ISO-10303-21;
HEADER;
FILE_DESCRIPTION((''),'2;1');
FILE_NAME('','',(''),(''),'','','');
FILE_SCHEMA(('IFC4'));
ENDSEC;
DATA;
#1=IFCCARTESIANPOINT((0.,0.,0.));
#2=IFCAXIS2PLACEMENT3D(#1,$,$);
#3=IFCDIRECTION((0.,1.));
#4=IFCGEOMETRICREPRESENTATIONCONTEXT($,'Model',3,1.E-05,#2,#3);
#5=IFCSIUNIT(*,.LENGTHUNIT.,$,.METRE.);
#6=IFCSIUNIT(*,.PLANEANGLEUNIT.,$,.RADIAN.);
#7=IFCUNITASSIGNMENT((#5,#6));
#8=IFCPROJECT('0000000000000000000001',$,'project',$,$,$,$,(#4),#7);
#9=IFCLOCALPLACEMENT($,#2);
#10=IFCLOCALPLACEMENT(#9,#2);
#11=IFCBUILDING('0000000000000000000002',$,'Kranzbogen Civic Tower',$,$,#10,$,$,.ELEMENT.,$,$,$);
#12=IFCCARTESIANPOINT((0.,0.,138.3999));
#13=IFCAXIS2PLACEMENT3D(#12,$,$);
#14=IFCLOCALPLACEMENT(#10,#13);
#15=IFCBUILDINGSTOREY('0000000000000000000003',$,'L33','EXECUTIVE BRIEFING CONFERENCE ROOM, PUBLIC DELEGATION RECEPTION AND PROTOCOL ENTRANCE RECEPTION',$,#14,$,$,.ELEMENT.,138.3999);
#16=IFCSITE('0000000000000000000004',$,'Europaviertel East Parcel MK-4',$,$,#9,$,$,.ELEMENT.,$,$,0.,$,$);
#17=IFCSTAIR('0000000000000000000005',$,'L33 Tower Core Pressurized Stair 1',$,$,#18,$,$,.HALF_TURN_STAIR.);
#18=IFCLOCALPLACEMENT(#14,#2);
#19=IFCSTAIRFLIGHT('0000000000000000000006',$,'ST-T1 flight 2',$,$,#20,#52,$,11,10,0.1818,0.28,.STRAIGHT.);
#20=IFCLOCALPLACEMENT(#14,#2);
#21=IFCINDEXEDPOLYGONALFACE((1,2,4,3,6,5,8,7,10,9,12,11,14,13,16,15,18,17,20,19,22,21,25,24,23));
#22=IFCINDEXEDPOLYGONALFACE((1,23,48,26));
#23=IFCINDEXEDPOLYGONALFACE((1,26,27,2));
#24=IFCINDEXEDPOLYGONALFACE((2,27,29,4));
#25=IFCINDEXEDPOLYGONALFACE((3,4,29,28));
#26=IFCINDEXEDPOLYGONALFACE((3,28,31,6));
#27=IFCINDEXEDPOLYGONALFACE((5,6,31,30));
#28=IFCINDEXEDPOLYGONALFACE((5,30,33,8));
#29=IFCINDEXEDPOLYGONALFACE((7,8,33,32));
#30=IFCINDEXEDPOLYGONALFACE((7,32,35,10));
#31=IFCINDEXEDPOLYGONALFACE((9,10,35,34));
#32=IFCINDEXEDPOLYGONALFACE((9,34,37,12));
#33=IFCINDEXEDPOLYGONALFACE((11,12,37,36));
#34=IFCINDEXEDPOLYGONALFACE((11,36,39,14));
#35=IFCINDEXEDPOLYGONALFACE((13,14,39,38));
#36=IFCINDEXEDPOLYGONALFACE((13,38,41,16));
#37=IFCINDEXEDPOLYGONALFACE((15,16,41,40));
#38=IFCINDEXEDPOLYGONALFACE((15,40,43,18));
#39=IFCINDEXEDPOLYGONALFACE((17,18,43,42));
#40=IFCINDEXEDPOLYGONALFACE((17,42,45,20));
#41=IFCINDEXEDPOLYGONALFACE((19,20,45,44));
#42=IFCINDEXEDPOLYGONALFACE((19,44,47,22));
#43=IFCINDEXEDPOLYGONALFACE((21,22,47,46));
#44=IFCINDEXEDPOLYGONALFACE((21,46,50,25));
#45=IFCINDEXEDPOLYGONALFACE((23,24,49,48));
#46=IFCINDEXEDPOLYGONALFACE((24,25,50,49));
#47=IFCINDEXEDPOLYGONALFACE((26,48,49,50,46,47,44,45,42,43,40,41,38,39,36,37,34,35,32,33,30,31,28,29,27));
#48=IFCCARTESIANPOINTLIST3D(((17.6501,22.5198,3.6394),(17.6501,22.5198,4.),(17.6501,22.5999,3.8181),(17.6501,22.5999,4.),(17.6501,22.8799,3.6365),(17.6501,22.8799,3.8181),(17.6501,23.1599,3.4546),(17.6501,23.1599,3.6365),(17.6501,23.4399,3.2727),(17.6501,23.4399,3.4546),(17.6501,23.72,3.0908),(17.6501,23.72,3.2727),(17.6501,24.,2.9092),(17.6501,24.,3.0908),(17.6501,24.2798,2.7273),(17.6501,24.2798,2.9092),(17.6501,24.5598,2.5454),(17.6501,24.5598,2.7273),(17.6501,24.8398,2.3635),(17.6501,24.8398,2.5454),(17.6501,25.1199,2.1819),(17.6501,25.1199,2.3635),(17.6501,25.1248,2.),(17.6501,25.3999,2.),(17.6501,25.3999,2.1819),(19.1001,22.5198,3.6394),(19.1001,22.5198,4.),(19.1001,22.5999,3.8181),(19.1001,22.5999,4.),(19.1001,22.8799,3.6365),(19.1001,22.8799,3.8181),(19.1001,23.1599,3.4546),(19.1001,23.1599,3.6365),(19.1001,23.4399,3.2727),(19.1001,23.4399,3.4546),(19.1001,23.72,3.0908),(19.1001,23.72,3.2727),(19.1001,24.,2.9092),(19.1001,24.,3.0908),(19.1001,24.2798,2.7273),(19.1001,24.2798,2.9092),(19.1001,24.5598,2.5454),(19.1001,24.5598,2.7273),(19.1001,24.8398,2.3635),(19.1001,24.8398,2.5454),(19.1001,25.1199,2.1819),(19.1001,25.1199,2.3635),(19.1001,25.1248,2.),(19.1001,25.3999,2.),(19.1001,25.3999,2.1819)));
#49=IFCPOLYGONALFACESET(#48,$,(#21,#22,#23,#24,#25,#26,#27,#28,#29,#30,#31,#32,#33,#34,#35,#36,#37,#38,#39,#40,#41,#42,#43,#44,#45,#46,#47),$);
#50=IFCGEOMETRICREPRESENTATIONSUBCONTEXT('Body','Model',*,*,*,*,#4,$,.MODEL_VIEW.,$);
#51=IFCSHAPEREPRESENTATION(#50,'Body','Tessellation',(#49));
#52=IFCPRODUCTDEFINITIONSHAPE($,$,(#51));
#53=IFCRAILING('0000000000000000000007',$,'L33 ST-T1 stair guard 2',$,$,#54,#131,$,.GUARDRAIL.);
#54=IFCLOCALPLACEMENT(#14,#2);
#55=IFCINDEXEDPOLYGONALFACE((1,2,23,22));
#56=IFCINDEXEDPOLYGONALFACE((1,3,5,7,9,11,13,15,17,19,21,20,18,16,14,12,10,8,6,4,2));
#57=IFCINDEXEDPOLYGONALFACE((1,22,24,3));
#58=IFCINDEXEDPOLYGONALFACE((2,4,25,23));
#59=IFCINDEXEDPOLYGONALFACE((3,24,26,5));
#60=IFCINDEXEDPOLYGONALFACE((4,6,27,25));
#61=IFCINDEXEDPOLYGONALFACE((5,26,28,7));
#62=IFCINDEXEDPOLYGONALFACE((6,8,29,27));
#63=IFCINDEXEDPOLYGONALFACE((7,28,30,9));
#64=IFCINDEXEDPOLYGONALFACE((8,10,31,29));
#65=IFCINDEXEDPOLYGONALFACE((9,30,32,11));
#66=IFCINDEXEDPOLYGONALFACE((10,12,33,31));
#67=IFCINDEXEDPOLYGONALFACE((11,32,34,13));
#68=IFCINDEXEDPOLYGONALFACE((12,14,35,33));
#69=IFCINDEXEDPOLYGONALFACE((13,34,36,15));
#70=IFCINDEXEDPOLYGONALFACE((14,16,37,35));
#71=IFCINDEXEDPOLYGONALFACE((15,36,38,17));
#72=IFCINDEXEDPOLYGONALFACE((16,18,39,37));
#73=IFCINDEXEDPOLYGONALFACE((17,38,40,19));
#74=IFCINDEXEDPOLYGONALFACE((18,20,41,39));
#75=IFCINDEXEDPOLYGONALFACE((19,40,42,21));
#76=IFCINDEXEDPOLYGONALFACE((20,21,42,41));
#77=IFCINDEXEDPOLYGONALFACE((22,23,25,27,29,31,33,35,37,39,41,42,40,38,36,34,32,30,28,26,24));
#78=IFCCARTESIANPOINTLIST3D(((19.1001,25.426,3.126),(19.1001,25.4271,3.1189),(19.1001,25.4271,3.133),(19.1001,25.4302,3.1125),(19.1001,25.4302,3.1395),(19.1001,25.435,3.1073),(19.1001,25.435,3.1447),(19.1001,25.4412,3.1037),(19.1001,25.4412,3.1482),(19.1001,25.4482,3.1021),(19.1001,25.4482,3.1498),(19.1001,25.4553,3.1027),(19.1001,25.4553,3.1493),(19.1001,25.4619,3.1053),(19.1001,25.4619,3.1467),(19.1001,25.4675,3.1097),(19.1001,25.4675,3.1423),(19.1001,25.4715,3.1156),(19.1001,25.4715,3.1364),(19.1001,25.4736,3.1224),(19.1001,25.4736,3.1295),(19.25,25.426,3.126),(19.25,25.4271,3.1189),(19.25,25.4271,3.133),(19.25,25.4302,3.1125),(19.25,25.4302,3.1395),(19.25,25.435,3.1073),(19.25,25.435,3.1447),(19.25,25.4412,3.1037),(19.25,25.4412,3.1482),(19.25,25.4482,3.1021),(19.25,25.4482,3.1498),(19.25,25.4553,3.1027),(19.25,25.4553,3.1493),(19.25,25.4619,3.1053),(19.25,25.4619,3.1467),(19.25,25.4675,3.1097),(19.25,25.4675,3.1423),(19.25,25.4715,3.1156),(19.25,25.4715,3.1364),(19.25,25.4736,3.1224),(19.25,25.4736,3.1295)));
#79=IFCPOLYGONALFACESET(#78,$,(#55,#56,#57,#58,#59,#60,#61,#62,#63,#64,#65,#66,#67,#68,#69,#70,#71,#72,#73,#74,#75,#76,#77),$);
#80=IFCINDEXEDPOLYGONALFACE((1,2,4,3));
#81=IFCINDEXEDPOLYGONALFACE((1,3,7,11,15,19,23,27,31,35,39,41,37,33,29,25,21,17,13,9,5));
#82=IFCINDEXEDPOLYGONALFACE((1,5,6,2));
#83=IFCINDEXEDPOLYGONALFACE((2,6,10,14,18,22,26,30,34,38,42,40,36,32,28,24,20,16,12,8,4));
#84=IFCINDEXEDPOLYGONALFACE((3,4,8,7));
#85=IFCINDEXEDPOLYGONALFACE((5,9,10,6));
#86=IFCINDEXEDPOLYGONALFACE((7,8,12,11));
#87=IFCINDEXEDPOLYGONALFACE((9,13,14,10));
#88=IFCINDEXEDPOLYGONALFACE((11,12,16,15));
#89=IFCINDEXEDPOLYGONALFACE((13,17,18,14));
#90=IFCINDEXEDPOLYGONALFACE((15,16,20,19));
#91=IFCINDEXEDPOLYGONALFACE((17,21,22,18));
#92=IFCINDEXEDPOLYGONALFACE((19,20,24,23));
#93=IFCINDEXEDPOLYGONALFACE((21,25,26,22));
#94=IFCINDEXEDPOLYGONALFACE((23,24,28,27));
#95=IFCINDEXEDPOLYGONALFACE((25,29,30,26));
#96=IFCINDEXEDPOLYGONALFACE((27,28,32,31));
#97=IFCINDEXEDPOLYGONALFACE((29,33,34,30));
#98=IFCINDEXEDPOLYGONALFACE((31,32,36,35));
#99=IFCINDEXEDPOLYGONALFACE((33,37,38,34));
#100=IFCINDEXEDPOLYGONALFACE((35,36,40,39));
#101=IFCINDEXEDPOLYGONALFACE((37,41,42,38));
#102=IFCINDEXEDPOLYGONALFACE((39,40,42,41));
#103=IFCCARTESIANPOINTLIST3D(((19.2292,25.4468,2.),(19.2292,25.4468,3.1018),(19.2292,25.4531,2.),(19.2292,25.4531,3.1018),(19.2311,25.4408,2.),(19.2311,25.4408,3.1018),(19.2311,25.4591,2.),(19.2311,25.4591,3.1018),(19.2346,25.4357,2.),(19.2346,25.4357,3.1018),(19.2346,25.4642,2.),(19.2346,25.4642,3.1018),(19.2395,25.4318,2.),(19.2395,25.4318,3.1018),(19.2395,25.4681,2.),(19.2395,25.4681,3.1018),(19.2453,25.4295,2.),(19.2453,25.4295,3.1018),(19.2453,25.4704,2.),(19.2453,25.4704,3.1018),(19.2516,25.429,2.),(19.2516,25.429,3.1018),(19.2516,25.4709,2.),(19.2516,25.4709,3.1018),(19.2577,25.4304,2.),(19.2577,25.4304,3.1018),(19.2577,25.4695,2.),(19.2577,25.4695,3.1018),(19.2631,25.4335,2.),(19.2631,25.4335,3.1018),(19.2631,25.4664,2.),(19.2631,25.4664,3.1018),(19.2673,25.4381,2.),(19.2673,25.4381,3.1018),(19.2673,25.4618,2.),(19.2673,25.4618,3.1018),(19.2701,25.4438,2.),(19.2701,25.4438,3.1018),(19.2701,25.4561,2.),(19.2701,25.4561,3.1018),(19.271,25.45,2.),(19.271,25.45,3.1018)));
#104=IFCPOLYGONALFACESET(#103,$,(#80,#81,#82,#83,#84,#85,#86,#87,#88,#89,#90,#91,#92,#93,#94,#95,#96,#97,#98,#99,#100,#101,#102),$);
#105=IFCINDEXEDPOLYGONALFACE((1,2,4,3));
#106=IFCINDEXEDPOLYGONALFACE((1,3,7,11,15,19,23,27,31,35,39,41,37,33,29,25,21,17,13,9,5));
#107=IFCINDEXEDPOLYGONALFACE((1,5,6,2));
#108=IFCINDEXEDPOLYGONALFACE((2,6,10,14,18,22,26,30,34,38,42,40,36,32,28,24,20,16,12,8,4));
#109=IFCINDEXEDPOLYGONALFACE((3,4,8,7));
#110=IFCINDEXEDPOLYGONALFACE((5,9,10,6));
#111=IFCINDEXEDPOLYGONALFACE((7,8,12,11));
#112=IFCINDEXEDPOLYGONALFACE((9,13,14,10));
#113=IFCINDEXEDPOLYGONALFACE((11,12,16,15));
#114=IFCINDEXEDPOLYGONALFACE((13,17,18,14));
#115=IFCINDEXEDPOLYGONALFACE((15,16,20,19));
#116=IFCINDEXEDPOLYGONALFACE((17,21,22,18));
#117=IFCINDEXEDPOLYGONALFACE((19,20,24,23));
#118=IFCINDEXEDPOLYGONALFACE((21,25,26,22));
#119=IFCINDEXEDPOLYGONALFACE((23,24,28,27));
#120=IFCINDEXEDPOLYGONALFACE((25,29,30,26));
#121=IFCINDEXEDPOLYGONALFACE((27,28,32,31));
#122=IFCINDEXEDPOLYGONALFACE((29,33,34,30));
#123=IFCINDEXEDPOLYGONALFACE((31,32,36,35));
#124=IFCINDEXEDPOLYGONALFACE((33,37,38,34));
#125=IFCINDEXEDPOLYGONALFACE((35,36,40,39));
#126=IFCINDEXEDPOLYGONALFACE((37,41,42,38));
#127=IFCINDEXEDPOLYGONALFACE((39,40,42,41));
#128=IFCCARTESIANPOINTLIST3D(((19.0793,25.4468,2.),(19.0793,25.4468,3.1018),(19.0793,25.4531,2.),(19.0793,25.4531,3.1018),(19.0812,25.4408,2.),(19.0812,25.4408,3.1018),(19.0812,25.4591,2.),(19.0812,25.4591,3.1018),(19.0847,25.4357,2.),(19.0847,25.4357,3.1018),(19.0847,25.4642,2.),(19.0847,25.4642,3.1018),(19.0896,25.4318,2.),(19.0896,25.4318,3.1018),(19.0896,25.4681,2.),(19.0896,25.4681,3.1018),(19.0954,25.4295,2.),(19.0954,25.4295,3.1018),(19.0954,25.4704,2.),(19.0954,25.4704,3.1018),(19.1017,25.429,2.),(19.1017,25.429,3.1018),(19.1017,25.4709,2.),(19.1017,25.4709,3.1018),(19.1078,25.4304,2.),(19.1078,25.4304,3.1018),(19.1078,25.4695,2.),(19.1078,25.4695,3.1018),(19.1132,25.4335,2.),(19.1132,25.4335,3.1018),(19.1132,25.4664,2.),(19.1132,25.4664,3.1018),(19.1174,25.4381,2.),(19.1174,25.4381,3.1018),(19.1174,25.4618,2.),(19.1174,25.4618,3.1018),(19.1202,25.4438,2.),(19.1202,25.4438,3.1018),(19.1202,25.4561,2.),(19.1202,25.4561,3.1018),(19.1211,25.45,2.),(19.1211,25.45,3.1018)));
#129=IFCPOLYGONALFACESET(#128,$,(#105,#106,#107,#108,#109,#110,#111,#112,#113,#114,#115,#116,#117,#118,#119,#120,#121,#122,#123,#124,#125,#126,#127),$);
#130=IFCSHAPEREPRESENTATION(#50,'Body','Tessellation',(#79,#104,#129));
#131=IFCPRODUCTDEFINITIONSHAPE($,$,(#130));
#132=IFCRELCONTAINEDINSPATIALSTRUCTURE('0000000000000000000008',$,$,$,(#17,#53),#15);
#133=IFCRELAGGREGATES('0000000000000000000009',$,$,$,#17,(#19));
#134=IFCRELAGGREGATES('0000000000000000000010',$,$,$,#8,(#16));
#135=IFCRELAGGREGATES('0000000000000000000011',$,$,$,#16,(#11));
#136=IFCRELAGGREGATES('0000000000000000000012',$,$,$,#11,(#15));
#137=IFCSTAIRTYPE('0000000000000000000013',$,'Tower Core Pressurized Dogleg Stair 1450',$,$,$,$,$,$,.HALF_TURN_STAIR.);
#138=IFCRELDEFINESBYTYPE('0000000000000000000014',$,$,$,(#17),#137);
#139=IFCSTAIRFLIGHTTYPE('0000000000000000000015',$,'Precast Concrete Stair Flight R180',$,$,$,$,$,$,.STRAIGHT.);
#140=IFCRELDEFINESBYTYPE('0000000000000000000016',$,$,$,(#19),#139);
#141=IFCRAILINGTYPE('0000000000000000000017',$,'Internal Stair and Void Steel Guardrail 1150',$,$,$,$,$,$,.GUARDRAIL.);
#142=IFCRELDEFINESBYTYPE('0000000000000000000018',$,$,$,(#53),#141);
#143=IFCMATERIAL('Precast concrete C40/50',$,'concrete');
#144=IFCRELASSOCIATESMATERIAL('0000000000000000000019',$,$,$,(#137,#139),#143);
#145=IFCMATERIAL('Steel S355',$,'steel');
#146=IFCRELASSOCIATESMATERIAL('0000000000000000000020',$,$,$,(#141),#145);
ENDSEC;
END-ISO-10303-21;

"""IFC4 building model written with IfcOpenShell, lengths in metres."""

from ifc_helpers import new_model, si_unit, direction, frame, origin, origin_2d, place, context, subcontext, project, spatial, polyline, circle, outline, extrude, material, type_object, element, aggregate, save


model = new_model("IFC4")

# Units and contexts
model_context = context("Model", 3, precision=1e-05, world=origin(), true_north=direction((0.0, 1.0)))
body_context = subcontext(model_context, "Body", "Model", "MODEL_VIEW")
ifc_project = project(units=[si_unit("LENGTHUNIT", "METRE"), si_unit("PLANEANGLEUNIT", "RADIAN")], contexts=[model_context])

# Site, building, storey
site_placement = place(None, origin())
site = spatial("IfcSite", under=ifc_project, at=site_placement, Name="Europaviertel East Parcel MK-4", CompositionType="ELEMENT", RefElevation=0.0)
building_placement = place(site_placement, origin())
building = spatial("IfcBuilding", under=site, at=building_placement, Name="Kranzbogen Civic Tower", CompositionType="ELEMENT")
storey_placement = place(building_placement, frame((0.0, 0.0, 138.3999)))
storey = spatial("IfcBuildingStorey", under=building, at=storey_placement, Name="L33", Description="EXECUTIVE BRIEFING CONFERENCE ROOM, PUBLIC DELEGATION RECEPTION AND PROTOCOL ENTRANCE RECEPTION", CompositionType="ELEMENT", Elevation=138.3999)

# Shared definitions
ifc_material_1 = material(Name="Steel S355", Category="steel")

# Stair, stair flight
ifc_material_2 = material(Name="Precast concrete C40/50", Category="concrete")
stair_type = type_object("IfcStairType", Name="Tower Core Pressurized Dogleg Stair 1450", PredefinedType="HALF_TURN_STAIR", material=ifc_material_2)
stair_placement = place(storey_placement, origin())
stair = element("IfcStair", 1, at=stair_placement, inside=storey, type_object=stair_type, Name="L33 Tower Core Pressurized Stair 1", PredefinedType="HALF_TURN_STAIR")
stair_flight_type = type_object("IfcStairFlightType", Name="Precast Concrete Stair Flight R180", PredefinedType="STRAIGHT", material=ifc_material_2)
stair_flight_placement = place(storey_placement, frame((18.375, 25.3999, 2.0), z_axis=(0.0, 0.0, 1.0), x_axis=(0.0, -1.0, 0.0)))
stair_flight = element("IfcStairFlight", 2, at=stair_flight_placement, type_object=stair_flight_type, Name="ST-T1 flight 2", NumberOfRisers=11, NumberOfTreads=10, PredefinedType="STRAIGHT", RiserHeight=0.1818, TreadLength=0.28, context=body_context, shape_type="SweptSolid", body=[
    extrude(outline(polyline([(0.0, 0.0), (0.0, 0.1819), (0.28, 0.1819), (0.28, 0.3635), (0.5601, 0.3635), (0.5601, 0.5454), (0.8401, 0.5454), (0.8401, 0.7273), (1.1201, 0.7273), (1.1201, 0.9092), (1.3999, 0.9092), (1.3999, 1.0908), (1.6799, 1.0908), (1.6799, 1.2727), (1.96, 1.2727), (1.96, 1.4546), (2.24, 1.4546), (2.24, 1.6365), (2.52, 1.6365), (2.52, 1.8181), (2.8, 1.8181), (2.8, 2.0), (2.8801, 2.0), (2.8801, 1.6394), (0.2751, 0.0), (0.0, 0.0)])), frame((0.0, 0.7251, 0.0), z_axis=(0.0, -1.0, 0.0), x_axis=(1.0, 0.0, 0.0)), (0.0, 0.0, 1.0), 1.45),
])
aggregate(stair, [stair_flight])

# Railing
railing_type_1 = type_object("IfcRailingType", Name="Internal Stair and Void Steel Guardrail 1150", PredefinedType="GUARDRAIL", material=ifc_material_1)
railing_1_placement = place(storey_placement, frame((19.25, 25.45, 2.0)))
element("IfcRailing", 3, at=railing_1_placement, inside=storey, type_object=railing_type_1, Name="L33 ST-T1 stair guard 2", PredefinedType="GUARDRAIL", context=body_context, shape_type="SweptSolid", body=[
    extrude(circle(Radius=0.0239, at=origin_2d()), frame((0.0, 0.0, 1.126), z_axis=(-1.0, 0.0, 0.0), x_axis=(0.0, -1.0, 0.0)), (0.0, 0.0, 1.0), 0.1499),
    extrude(circle(Radius=0.021, at=origin_2d()), origin(), (0.0, 0.0, 1.0), 1.1018),
    extrude(circle(Radius=0.021, at=origin_2d()), frame((-0.1499, 0.0, 0.0)), (0.0, 0.0, 1.0), 1.1018),
])

save(model, "model.ifc")
